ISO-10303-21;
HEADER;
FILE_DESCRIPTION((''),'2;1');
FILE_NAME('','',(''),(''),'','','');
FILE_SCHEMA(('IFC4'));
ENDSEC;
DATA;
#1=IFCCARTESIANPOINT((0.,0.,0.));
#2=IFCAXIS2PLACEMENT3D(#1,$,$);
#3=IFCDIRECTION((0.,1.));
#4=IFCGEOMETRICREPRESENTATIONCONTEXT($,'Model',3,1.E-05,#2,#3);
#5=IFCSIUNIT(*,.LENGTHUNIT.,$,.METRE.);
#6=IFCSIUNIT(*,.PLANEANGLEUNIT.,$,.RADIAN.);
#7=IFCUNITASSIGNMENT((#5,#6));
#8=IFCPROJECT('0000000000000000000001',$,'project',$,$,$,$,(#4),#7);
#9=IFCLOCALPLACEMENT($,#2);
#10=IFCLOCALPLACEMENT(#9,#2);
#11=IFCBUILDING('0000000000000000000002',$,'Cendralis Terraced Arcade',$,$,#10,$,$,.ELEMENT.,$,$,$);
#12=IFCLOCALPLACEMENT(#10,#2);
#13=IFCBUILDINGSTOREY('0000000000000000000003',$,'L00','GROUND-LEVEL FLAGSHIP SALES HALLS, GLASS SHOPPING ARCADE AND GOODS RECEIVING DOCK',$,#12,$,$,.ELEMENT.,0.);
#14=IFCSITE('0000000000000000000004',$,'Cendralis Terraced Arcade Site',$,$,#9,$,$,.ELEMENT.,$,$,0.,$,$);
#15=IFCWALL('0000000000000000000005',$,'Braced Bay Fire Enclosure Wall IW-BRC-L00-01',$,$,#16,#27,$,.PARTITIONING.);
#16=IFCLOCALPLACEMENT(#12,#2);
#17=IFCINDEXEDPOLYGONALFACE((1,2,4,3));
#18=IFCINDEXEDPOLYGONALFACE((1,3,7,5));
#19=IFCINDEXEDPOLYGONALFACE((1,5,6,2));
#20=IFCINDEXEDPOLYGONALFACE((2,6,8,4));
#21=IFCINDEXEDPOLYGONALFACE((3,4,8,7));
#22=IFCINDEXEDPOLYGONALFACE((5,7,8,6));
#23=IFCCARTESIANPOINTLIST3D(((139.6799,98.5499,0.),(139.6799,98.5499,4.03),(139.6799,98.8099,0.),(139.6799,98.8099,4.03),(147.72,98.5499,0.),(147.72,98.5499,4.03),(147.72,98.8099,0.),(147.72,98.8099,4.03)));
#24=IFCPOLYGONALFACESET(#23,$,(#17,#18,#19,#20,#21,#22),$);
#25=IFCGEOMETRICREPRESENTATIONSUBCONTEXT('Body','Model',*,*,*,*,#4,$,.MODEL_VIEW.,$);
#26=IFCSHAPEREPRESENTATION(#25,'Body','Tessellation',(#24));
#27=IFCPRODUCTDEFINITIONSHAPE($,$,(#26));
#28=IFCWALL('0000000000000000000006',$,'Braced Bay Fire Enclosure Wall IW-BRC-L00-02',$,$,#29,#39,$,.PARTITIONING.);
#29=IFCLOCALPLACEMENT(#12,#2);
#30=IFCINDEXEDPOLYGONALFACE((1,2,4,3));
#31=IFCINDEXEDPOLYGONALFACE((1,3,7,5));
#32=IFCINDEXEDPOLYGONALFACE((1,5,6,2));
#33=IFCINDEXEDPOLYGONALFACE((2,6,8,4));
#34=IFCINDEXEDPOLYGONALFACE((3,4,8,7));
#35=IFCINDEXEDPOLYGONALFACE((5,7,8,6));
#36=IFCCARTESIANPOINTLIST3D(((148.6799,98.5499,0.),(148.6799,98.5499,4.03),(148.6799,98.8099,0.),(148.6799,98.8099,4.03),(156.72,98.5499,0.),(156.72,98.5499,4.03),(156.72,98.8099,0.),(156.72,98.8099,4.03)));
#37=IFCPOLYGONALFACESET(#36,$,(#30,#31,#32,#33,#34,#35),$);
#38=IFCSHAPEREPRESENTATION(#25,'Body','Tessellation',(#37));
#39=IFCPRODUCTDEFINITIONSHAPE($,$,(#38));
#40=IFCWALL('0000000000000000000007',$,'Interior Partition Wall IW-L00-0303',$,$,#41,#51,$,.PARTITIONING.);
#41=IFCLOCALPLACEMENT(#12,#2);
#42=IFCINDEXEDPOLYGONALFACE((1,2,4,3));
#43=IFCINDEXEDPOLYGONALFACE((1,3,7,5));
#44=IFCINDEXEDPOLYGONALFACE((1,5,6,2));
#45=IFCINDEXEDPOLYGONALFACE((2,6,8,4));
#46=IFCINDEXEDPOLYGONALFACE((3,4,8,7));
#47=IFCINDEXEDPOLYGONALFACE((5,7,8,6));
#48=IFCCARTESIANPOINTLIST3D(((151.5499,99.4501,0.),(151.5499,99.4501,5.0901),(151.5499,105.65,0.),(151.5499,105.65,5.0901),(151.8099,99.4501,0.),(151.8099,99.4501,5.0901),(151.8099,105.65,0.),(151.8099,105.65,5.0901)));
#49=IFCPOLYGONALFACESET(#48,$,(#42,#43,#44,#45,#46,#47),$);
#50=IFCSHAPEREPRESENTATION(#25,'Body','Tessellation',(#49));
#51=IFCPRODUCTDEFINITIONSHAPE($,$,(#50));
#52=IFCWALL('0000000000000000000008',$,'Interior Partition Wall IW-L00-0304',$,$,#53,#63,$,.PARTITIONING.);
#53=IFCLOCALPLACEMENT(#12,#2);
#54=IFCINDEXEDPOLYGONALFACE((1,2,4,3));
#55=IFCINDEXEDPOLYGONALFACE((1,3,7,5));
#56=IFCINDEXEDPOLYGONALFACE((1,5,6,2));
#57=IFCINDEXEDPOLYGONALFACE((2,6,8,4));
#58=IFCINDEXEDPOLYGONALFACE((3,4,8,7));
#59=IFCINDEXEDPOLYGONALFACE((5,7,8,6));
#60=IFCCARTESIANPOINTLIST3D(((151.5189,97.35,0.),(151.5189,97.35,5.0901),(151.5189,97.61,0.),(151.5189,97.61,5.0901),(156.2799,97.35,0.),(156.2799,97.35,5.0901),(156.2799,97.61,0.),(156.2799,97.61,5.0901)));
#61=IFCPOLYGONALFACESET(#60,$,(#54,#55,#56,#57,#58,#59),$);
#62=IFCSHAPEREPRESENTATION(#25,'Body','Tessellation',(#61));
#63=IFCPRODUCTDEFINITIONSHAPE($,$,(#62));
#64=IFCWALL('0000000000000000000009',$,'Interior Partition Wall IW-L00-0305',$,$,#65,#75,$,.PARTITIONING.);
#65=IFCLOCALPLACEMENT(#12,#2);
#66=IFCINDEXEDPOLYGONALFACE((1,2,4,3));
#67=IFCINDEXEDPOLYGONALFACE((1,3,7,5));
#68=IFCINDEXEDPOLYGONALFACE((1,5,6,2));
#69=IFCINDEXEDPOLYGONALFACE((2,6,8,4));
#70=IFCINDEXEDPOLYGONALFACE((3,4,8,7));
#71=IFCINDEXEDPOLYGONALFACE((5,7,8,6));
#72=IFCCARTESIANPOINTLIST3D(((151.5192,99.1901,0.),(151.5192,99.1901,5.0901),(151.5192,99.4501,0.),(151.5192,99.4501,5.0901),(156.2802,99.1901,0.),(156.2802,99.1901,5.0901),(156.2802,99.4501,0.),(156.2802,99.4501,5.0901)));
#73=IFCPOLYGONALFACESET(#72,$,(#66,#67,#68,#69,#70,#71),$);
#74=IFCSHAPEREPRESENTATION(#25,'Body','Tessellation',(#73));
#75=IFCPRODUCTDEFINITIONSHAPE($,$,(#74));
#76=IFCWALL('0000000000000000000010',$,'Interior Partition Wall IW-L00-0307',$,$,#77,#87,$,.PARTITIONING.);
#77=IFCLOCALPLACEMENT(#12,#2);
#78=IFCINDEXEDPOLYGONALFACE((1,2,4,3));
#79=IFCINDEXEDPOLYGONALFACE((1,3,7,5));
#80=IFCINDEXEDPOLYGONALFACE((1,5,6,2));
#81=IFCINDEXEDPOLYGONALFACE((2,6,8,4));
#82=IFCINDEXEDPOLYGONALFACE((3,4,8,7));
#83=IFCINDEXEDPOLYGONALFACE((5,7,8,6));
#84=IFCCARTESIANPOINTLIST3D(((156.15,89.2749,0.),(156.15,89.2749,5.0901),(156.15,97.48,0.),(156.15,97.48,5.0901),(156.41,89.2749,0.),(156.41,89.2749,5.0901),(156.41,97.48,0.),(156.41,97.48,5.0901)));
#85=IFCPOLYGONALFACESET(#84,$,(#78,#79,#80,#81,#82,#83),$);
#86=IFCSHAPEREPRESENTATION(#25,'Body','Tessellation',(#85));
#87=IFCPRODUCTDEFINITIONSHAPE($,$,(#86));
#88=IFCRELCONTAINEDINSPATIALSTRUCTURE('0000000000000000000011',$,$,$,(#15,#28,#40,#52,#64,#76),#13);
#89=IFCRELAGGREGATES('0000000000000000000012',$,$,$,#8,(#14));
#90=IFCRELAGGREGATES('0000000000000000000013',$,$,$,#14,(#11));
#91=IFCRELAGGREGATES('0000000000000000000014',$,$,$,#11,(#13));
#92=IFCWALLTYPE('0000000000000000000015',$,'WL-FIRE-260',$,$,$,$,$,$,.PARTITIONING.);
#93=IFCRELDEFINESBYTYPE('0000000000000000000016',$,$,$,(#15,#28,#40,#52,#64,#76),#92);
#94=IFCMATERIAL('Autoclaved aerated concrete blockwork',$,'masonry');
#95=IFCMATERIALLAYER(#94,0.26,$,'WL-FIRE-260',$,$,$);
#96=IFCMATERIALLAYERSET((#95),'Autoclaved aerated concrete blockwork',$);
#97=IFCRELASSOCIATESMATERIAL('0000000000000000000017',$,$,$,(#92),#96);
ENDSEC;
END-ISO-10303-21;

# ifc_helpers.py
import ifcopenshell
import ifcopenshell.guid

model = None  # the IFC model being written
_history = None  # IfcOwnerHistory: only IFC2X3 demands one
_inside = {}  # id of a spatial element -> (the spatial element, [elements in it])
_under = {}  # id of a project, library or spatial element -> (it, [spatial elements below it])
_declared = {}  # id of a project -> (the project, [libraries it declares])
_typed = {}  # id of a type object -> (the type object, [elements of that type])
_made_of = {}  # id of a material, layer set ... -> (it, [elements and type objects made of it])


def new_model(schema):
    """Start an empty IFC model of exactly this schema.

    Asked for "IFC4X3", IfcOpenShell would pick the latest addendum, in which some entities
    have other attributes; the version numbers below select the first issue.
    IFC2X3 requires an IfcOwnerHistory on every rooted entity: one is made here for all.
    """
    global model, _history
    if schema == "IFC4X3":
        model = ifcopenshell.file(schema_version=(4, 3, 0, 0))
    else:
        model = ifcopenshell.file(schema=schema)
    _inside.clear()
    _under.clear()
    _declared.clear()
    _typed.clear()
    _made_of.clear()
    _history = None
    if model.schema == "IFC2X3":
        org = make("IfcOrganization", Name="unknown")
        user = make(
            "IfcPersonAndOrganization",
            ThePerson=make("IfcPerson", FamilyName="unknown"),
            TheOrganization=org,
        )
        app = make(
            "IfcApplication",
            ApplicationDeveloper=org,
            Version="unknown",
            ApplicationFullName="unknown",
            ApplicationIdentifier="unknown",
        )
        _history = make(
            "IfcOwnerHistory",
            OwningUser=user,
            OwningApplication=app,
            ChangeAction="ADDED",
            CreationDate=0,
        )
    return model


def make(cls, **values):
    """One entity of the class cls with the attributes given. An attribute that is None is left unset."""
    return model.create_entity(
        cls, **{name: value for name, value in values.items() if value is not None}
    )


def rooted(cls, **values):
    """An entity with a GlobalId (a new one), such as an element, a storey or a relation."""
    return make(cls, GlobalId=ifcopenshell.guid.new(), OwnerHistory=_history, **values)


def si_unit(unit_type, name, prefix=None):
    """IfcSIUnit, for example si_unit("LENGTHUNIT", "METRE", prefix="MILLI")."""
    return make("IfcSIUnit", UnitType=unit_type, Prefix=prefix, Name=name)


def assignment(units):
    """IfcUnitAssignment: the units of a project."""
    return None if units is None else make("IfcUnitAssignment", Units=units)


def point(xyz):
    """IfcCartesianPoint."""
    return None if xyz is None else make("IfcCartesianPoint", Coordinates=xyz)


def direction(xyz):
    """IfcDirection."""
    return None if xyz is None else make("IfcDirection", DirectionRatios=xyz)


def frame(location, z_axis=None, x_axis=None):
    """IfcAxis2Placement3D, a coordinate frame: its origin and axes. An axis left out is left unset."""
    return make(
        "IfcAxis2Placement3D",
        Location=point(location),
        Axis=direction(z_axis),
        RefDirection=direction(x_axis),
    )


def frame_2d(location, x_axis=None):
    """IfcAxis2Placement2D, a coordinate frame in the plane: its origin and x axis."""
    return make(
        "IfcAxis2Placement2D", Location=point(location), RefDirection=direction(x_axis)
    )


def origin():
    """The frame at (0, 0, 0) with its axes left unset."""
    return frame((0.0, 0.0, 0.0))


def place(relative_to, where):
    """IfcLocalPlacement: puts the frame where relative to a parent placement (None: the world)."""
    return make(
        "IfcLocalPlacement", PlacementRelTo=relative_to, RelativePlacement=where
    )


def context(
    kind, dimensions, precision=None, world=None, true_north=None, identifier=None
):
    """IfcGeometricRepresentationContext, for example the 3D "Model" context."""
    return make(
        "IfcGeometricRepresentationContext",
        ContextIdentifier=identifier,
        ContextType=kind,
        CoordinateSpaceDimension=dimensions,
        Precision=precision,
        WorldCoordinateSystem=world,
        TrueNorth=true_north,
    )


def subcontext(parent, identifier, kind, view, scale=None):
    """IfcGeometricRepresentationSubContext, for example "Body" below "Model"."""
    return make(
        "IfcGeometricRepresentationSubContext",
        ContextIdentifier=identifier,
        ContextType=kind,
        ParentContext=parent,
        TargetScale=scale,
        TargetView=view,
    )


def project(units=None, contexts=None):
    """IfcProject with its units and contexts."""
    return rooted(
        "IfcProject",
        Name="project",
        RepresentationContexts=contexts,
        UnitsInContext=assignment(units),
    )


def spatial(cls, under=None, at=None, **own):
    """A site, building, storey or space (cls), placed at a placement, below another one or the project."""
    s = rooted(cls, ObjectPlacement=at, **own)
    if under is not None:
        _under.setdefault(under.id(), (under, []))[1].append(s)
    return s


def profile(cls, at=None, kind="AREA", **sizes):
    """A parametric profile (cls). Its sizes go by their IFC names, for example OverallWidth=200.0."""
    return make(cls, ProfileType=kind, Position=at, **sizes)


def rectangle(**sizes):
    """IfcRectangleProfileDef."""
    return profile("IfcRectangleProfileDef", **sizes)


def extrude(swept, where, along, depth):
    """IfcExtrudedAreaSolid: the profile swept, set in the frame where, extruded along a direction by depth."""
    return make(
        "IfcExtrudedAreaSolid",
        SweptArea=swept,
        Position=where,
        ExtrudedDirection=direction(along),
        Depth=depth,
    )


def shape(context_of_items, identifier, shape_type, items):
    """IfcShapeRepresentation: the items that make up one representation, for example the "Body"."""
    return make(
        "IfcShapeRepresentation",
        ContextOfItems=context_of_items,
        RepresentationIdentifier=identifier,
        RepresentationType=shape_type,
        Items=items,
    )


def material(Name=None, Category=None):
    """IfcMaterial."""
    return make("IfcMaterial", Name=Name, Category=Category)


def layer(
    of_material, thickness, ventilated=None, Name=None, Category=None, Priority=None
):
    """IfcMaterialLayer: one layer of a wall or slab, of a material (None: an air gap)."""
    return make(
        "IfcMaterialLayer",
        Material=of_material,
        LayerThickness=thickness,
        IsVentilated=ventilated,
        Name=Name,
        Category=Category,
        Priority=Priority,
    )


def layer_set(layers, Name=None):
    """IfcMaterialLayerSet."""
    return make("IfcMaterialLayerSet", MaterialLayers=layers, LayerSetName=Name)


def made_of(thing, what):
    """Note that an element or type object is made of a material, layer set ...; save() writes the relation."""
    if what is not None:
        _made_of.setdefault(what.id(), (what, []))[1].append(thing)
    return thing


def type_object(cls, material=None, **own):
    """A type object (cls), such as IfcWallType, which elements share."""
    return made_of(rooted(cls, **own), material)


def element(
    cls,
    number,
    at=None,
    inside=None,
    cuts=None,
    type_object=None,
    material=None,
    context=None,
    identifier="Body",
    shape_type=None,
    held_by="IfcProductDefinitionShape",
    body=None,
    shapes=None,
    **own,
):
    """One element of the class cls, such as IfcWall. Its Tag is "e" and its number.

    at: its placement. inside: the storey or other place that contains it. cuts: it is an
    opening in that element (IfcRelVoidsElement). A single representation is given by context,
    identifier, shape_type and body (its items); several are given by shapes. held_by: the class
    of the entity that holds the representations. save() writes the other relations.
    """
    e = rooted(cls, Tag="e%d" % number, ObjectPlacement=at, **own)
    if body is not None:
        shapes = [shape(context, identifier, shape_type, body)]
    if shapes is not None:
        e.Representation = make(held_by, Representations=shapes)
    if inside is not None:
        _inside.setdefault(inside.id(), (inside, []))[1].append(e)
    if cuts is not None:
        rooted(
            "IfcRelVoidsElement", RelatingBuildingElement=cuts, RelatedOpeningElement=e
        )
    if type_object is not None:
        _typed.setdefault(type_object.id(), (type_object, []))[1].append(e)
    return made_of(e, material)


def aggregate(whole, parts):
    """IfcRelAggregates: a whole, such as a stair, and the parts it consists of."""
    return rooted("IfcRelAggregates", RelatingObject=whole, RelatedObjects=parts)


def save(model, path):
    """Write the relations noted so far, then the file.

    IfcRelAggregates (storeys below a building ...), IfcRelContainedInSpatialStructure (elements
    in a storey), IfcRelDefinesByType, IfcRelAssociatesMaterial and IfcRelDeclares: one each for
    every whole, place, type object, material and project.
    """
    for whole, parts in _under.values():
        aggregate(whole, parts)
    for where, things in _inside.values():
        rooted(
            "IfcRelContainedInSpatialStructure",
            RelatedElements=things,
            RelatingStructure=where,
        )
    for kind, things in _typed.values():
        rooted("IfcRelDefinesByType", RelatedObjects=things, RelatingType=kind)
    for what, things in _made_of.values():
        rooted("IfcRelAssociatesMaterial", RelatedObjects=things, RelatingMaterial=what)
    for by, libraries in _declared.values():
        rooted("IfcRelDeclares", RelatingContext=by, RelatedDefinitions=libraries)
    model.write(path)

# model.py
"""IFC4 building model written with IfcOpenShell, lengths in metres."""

from ifc_helpers import new_model, si_unit, direction, frame, frame_2d, origin, place, context, subcontext, project, spatial, rectangle, extrude, material, layer, layer_set, type_object, element, save


model = new_model("IFC4")

# Units and contexts
model_context = context("Model", 3, precision=1e-05, world=origin(), true_north=direction((0.0, 1.0)))
body_context = subcontext(model_context, "Body", "Model", "MODEL_VIEW")
ifc_project = project(units=[si_unit("LENGTHUNIT", "METRE"), si_unit("PLANEANGLEUNIT", "RADIAN")], contexts=[model_context])

# Site, building, storey
site_placement = place(None, origin())
site = spatial("IfcSite", under=ifc_project, at=site_placement, Name="Cendralis Terraced Arcade Site", CompositionType="ELEMENT", RefElevation=0.0)
building_placement = place(site_placement, origin())
building = spatial("IfcBuilding", under=site, at=building_placement, Name="Cendralis Terraced Arcade", CompositionType="ELEMENT")
storey_placement = place(building_placement, origin())
storey = spatial("IfcBuildingStorey", under=building, at=storey_placement, Name="L00", Description="GROUND-LEVEL FLAGSHIP SALES HALLS, GLASS SHOPPING ARCADE AND GOODS RECEIVING DOCK", CompositionType="ELEMENT", Elevation=0.0)

# Walls
ifc_material_1 = material(Name="Autoclaved aerated concrete blockwork", Category="masonry")
ifc_layer_1 = layer(ifc_material_1, 0.26, Name="WL-FIRE-260")
ifc_layer_set_1 = layer_set([ifc_layer_1], Name="Autoclaved aerated concrete blockwork")
wall_type_1 = type_object("IfcWallType", Name="WL-FIRE-260", PredefinedType="PARTITIONING", material=ifc_layer_set_1)
for number, where, z_axis, x_axis, name in (
    (1, (139.6799, 98.6799, 0.0), (0.0, 0.0, 1.0), (1.0, 0.0, 0.0), "Braced Bay Fire Enclosure Wall IW-BRC-L00-01"),
    (2, (148.6799, 98.6799, 0.0), (0.0, 0.0, 1.0), (1.0, 0.0, 0.0), "Braced Bay Fire Enclosure Wall IW-BRC-L00-02"),
):
    element("IfcWall", number, at=place(storey_placement, frame(where, z_axis=z_axis, x_axis=x_axis)), inside=storey, type_object=wall_type_1, Name=name, PredefinedType="PARTITIONING", context=body_context, shape_type="SweptSolid", body=[
        extrude(rectangle(XDim=8.04, YDim=0.26, at=frame_2d((4.02, 0.0))), origin(), (0.0, 0.0, 1.0), 4.03),
    ])
wall_1_placement = place(storey_placement, frame((151.6799, 99.45, 0.0), z_axis=(0.0, 0.0, 1.0), x_axis=(0.0, 1.0, 0.0)))
element("IfcWall", 3, at=wall_1_placement, inside=storey, type_object=wall_type_1, Name="Interior Partition Wall IW-L00-0303", PredefinedType="PARTITIONING", context=body_context, shape_type="SweptSolid", body=[
    extrude(rectangle(XDim=6.2, YDim=0.26, at=frame_2d((3.1001, 0.0))), origin(), (0.0, 0.0, 1.0), 5.0901),
])
for number, where, z_axis, x_axis, name in (
    (4, (151.519, 97.48, 0.0), (0.0, 0.0, 1.0), (1.0, 0.0, 0.0), "Interior Partition Wall IW-L00-0304"),
    (5, (156.28, 99.3201, 0.0), (0.0, 0.0, 1.0), (-1.0, 0.0, 0.0), "Interior Partition Wall IW-L00-0305"),
):
    element("IfcWall", number, at=place(storey_placement, frame(where, z_axis=z_axis, x_axis=x_axis)), inside=storey, type_object=wall_type_1, Name=name, PredefinedType="PARTITIONING", context=body_context, shape_type="SweptSolid", body=[
        extrude(rectangle(XDim=4.761, YDim=0.26, at=frame_2d((2.3804, 0.0))), origin(), (0.0, 0.0, 1.0), 5.0901),
    ])
wall_2_placement = place(storey_placement, frame((156.28, 97.48, 0.0), z_axis=(0.0, 0.0, 1.0), x_axis=(0.0, -1.0, 0.0)))
element("IfcWall", 6, at=wall_2_placement, inside=storey, type_object=wall_type_1, Name="Interior Partition Wall IW-L00-0307", PredefinedType="PARTITIONING", context=body_context, shape_type="SweptSolid", body=[
    extrude(rectangle(XDim=8.2051, YDim=0.26, at=frame_2d((4.1025, 0.0))), origin(), (0.0, 0.0, 1.0), 5.0901),
])

save(model, "model.ifc")
